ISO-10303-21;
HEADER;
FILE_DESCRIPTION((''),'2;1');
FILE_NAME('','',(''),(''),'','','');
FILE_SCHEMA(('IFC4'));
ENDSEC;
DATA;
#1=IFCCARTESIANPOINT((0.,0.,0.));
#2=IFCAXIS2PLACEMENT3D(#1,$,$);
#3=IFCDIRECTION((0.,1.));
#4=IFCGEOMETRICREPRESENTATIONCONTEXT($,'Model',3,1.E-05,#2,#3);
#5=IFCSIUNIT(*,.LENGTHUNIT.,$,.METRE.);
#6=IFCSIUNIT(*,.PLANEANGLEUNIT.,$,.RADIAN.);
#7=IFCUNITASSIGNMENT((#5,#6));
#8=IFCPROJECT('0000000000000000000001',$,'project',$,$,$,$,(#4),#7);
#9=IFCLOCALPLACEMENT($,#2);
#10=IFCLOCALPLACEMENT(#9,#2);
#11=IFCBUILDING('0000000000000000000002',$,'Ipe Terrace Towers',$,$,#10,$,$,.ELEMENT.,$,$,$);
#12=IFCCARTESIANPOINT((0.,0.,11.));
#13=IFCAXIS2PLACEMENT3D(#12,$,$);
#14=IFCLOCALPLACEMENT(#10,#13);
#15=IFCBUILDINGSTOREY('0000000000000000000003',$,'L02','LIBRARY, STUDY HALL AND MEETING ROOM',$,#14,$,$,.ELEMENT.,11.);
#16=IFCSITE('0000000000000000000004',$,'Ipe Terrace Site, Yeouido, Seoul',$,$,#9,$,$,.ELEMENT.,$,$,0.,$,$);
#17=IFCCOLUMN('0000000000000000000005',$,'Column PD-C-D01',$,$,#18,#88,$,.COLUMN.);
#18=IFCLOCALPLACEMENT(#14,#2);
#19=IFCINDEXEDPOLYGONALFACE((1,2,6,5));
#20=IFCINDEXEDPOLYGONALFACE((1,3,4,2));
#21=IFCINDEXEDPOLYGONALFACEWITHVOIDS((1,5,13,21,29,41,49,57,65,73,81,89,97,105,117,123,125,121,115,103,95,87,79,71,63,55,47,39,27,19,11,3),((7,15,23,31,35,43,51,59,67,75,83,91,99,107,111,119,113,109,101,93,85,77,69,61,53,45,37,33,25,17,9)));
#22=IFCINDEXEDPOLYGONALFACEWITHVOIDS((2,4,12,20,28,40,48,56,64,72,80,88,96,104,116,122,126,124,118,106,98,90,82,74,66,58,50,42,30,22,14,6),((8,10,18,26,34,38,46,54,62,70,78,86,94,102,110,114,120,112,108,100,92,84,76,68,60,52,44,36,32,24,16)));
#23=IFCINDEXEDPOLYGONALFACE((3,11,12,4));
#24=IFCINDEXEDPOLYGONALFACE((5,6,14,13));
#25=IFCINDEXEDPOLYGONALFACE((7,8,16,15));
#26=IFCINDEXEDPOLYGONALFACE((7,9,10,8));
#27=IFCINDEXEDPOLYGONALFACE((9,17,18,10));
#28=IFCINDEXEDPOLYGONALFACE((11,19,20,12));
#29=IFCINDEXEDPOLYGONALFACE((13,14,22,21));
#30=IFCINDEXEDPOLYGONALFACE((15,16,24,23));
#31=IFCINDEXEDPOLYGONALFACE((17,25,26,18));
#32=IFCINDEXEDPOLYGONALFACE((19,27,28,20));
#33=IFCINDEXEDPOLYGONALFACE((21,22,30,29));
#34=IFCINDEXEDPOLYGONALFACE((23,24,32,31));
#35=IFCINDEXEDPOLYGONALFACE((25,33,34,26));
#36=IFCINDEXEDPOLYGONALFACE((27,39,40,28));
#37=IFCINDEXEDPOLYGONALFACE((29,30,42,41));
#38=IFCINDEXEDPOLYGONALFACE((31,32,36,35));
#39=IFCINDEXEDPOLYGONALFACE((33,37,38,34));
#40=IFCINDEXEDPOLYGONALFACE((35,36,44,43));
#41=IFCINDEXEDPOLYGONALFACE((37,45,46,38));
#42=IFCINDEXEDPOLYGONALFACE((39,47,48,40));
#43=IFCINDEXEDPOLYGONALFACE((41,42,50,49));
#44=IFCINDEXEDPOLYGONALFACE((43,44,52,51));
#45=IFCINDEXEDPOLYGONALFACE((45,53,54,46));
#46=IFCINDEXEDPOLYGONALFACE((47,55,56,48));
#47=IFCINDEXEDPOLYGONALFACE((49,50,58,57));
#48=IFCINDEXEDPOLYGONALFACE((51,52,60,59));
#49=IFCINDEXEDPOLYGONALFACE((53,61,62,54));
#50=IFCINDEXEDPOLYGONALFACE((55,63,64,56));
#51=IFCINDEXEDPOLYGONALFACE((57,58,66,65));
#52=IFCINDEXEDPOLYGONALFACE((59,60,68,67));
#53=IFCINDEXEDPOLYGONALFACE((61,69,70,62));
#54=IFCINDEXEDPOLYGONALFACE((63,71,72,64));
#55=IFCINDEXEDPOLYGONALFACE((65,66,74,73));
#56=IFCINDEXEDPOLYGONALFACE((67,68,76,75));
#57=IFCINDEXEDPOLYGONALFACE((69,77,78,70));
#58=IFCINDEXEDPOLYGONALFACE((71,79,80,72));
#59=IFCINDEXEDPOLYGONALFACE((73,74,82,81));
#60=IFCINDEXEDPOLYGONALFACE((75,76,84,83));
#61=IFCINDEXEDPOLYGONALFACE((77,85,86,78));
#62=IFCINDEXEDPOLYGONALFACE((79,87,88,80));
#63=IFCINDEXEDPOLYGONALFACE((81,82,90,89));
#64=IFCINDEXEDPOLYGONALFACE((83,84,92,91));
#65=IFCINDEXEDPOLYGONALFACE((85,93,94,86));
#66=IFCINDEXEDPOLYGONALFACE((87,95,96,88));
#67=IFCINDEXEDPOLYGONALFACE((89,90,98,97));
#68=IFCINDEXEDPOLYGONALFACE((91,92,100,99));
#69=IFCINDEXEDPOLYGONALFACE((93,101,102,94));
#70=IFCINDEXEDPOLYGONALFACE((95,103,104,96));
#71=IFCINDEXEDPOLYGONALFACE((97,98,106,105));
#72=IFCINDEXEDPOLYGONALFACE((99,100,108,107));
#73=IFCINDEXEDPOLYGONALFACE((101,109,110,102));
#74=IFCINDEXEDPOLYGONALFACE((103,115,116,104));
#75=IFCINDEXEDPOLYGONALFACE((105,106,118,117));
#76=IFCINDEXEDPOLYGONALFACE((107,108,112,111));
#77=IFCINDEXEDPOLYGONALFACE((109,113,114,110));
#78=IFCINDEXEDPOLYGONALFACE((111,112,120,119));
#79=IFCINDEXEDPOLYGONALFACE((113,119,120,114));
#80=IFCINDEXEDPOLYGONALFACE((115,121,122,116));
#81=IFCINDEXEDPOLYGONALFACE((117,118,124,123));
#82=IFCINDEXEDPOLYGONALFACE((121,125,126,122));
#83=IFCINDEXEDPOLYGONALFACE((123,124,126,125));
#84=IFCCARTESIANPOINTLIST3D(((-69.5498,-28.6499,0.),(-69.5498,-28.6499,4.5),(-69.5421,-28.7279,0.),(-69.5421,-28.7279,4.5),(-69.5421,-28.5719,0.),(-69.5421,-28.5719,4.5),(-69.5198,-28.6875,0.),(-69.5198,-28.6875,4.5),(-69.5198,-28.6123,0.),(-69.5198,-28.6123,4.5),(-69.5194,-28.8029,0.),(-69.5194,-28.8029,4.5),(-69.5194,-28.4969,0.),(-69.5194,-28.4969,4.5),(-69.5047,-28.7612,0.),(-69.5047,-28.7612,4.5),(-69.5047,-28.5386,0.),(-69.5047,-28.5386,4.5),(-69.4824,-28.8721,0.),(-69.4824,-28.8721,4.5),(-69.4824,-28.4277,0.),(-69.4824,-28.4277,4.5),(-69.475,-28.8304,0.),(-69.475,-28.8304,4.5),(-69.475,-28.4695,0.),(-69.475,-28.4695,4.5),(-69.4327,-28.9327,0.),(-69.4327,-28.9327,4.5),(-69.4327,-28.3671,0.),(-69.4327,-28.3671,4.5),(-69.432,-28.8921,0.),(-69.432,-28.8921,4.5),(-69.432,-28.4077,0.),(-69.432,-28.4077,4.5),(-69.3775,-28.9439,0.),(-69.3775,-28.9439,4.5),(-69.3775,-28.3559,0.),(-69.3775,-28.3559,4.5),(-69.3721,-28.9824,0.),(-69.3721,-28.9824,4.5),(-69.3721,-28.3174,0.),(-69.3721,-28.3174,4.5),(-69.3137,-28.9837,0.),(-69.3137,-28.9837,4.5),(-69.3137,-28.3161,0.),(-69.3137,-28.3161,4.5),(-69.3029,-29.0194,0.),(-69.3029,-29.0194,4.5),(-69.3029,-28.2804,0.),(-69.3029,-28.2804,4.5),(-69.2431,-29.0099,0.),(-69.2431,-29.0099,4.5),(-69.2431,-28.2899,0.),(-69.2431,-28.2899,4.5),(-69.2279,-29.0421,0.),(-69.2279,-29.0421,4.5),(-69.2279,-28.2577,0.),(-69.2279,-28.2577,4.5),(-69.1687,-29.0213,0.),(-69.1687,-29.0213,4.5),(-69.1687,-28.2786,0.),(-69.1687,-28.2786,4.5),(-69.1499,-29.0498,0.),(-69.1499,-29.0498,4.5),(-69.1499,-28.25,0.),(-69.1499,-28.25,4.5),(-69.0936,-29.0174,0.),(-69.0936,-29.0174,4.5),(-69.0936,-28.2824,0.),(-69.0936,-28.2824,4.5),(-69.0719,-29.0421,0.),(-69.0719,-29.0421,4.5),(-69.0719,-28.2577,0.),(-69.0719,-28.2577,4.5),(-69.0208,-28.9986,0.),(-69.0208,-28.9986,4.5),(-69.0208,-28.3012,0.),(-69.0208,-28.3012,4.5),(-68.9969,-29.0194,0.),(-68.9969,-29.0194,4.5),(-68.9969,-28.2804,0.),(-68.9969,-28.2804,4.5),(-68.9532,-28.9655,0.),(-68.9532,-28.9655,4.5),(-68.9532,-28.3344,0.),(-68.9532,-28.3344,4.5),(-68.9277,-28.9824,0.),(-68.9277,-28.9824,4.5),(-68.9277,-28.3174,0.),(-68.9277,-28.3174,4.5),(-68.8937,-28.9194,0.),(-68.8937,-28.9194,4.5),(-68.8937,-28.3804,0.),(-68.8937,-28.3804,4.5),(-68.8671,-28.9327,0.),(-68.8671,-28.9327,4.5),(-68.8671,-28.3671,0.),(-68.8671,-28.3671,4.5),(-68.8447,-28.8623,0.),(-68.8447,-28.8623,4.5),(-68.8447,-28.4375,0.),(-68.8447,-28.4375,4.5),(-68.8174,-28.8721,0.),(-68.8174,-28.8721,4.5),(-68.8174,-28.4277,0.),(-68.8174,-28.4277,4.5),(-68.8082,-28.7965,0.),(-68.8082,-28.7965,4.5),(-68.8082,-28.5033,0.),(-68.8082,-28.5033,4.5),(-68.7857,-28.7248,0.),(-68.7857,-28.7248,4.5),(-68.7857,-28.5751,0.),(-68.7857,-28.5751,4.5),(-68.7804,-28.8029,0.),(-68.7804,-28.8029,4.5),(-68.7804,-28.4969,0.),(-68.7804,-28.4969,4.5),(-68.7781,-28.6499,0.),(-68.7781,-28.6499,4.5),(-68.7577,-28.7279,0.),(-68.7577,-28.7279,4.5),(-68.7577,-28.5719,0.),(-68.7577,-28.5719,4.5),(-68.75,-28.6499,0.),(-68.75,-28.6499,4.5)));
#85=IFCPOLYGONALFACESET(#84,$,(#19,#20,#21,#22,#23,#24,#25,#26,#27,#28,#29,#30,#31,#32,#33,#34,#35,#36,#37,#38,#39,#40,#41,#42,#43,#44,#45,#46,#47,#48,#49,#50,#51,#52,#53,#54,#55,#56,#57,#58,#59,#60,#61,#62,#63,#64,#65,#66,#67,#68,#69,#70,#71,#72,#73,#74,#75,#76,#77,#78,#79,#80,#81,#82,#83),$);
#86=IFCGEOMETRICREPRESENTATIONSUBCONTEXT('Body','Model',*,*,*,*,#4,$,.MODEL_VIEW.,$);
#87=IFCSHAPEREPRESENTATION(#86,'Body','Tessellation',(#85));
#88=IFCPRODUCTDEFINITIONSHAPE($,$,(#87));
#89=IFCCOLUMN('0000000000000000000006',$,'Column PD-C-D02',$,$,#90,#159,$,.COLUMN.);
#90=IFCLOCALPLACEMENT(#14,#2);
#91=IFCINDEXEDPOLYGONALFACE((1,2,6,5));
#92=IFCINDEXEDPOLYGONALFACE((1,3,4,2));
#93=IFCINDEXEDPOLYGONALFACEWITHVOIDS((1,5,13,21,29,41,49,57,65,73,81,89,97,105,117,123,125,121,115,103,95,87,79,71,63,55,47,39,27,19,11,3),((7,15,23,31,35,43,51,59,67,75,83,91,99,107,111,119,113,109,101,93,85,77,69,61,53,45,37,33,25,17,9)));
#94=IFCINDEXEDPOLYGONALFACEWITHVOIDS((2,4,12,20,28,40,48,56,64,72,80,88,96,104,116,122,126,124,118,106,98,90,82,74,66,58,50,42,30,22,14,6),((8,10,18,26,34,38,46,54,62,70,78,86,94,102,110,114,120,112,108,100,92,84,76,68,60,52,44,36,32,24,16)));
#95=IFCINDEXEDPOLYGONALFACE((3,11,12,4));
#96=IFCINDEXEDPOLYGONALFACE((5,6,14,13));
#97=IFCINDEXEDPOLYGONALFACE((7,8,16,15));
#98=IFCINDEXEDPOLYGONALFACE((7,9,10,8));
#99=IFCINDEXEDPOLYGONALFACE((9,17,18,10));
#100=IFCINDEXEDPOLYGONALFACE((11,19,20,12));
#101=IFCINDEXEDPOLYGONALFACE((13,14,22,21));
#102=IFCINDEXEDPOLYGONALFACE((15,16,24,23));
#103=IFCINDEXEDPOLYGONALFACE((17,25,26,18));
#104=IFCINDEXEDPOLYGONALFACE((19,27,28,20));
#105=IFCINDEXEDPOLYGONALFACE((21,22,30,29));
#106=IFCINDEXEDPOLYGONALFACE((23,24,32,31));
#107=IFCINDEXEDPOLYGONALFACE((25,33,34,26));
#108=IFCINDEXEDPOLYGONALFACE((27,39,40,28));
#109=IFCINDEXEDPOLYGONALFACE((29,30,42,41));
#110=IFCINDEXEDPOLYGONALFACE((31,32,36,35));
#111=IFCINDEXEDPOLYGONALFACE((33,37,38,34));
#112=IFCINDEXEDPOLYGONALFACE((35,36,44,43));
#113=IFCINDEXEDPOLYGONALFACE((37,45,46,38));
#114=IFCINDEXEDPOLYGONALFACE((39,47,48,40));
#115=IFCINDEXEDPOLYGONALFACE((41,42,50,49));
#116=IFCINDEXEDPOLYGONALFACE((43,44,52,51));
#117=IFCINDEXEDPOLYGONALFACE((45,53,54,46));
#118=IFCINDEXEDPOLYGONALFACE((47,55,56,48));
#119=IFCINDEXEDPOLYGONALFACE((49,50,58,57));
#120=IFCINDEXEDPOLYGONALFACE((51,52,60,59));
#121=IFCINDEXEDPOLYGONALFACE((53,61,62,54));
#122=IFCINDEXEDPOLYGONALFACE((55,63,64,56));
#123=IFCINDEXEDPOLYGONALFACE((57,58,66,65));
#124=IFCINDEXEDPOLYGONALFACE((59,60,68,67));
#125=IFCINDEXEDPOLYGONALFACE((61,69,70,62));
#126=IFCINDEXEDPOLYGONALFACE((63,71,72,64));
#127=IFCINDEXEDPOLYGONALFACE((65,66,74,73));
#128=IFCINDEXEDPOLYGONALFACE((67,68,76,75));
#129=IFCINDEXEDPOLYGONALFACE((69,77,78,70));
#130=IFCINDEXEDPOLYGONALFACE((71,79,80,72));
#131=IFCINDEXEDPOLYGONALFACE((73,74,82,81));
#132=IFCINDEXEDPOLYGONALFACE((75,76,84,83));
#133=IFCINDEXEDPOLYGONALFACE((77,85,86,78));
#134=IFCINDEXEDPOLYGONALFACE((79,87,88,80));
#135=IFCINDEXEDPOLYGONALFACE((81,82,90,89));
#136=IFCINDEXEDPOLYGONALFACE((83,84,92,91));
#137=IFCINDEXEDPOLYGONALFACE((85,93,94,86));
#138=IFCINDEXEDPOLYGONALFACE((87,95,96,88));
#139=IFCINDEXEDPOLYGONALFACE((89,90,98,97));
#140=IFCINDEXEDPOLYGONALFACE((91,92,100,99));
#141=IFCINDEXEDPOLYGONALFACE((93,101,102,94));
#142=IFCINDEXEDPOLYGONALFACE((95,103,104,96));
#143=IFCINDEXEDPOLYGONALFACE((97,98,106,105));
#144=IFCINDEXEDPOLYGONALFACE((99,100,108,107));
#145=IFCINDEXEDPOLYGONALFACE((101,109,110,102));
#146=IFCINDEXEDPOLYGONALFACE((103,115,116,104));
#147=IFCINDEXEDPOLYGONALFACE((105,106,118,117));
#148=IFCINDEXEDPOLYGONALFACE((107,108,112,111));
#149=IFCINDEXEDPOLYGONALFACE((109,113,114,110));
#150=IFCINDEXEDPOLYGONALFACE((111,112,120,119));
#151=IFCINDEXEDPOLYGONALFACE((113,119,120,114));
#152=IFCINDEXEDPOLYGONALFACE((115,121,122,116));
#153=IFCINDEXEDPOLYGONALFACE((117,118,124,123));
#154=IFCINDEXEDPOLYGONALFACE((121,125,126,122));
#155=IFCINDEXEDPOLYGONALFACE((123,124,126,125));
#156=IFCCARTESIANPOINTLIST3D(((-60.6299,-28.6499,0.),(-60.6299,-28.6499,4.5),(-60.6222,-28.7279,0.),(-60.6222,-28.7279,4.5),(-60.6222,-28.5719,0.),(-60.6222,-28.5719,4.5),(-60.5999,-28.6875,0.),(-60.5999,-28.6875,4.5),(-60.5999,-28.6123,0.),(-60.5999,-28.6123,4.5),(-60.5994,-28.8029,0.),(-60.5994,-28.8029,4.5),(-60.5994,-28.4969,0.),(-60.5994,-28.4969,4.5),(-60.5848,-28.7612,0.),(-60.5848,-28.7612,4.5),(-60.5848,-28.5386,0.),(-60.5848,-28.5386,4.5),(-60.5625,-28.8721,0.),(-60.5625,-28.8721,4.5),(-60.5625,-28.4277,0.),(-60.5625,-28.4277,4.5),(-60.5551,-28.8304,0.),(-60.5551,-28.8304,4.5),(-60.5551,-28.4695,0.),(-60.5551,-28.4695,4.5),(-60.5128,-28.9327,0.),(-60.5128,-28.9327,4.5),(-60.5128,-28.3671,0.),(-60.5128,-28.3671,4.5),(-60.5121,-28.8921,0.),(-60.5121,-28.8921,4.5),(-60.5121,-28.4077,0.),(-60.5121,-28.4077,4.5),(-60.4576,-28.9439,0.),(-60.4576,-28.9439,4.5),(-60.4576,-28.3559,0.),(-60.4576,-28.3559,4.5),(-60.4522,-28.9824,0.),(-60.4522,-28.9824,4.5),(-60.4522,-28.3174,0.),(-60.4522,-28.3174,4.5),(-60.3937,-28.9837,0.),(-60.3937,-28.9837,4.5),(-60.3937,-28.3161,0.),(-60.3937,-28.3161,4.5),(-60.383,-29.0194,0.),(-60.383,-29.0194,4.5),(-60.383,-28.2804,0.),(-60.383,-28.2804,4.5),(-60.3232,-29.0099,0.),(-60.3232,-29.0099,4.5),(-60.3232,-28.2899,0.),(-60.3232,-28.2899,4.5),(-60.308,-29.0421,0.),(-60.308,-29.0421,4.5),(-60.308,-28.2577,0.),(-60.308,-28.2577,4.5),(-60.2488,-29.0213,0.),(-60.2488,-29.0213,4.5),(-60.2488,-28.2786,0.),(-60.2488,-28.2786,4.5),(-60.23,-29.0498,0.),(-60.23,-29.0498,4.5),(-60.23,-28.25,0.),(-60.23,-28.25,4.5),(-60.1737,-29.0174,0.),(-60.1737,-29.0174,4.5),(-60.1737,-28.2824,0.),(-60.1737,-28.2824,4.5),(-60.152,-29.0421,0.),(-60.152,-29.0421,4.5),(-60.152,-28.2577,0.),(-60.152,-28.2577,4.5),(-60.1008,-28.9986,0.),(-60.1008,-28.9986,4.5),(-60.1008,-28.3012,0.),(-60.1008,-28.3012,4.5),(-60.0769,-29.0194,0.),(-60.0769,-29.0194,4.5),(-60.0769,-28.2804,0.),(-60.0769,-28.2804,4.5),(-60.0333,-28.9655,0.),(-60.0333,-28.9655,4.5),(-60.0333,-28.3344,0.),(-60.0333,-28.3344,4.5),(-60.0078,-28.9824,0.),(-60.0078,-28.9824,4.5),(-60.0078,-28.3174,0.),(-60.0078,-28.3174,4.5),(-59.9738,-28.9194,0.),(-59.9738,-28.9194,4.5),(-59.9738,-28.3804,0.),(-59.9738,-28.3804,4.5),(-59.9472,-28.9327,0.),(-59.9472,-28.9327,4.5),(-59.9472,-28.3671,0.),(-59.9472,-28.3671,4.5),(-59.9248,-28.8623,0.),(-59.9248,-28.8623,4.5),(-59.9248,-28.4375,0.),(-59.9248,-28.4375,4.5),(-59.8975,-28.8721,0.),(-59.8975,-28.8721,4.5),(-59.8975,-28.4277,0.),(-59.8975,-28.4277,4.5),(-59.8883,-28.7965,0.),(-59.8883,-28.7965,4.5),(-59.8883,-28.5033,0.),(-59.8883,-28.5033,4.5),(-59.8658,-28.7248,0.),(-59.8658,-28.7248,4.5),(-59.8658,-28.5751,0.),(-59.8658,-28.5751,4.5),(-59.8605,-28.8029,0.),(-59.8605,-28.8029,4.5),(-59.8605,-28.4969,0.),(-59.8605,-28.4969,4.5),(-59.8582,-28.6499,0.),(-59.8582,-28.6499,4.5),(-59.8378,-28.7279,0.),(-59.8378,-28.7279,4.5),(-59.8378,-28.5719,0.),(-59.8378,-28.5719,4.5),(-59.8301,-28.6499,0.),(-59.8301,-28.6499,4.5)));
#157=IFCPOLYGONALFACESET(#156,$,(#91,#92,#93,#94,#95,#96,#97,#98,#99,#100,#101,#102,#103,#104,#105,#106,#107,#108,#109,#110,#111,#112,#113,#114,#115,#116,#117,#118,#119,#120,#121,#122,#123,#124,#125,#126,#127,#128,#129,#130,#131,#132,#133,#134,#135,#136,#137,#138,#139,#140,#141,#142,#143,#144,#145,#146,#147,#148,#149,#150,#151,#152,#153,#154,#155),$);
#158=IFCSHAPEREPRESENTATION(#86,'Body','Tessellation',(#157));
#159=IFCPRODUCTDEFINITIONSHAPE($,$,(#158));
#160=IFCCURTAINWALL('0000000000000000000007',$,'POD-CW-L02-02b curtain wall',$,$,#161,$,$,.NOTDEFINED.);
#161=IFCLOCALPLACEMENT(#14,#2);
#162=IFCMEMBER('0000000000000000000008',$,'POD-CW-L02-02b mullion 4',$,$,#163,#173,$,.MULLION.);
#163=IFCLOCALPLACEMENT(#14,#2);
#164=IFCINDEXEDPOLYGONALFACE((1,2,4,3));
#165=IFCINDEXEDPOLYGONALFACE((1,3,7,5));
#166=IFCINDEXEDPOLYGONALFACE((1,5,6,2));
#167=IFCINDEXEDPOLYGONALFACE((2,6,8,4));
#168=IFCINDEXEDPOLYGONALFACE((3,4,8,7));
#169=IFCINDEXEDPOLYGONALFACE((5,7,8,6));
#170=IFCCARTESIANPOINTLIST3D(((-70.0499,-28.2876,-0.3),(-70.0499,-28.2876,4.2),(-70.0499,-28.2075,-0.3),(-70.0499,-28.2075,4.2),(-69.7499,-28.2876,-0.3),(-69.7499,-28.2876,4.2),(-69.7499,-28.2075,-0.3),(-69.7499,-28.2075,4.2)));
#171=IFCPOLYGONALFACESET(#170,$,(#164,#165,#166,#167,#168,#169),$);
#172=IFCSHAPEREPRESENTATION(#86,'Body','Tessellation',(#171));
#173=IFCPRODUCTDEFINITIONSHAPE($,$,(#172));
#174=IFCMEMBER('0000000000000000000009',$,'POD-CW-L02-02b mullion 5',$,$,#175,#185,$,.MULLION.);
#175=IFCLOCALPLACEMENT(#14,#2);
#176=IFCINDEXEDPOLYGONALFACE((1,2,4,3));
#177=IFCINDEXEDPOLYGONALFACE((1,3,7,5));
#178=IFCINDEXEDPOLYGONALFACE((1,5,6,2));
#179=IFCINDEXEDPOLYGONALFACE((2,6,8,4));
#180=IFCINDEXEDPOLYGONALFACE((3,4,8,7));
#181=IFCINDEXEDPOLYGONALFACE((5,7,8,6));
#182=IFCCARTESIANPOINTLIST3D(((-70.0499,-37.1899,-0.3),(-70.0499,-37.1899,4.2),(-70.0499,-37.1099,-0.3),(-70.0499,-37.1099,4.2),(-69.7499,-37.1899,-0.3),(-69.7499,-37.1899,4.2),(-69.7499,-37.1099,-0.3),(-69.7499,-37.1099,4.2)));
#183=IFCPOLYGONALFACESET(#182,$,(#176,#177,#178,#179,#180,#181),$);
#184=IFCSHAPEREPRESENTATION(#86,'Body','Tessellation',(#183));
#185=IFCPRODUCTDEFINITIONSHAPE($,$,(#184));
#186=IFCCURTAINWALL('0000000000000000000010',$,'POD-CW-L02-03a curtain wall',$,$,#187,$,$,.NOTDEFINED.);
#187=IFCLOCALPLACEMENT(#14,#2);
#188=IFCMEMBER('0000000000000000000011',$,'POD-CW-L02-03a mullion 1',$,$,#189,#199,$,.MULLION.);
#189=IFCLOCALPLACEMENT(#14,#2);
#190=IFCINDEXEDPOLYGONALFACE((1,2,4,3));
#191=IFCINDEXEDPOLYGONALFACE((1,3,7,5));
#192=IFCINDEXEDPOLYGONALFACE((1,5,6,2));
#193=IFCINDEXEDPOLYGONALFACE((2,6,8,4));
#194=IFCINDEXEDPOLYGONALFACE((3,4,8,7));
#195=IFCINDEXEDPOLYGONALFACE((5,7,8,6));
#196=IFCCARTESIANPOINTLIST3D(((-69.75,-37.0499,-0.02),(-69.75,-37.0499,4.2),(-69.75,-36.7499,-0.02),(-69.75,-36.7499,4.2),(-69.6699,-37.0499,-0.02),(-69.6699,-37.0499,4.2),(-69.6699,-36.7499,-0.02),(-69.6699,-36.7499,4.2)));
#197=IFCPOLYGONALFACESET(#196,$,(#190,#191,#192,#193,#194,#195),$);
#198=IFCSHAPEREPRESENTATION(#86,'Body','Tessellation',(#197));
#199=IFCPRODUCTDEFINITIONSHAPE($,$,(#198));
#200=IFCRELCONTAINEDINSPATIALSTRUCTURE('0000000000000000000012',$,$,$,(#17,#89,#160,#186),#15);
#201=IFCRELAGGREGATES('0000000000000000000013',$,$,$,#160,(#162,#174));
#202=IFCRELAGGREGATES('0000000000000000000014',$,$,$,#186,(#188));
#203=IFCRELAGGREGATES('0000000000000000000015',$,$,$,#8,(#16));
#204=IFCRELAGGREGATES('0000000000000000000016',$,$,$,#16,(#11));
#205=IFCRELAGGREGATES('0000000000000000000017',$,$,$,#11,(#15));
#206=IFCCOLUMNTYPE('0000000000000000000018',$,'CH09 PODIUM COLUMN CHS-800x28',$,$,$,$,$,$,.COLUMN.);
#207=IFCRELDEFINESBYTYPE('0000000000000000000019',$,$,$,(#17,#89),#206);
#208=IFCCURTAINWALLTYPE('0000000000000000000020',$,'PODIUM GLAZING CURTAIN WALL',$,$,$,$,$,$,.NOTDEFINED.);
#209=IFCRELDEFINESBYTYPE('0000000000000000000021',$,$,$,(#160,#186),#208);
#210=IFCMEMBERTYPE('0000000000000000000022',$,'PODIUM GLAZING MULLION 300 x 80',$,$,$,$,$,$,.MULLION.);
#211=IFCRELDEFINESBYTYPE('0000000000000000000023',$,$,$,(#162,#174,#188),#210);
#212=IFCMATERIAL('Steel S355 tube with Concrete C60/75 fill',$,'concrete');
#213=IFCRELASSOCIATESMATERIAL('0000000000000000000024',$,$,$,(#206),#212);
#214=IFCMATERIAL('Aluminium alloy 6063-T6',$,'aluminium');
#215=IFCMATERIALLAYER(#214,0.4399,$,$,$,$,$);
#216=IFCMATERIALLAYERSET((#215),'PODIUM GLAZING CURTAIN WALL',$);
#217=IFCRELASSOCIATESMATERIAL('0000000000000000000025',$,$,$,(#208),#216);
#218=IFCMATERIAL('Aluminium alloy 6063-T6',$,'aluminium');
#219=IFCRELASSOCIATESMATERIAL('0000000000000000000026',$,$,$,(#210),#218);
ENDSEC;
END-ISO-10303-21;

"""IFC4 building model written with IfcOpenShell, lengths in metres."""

from ifc_helpers import new_model, si_unit, direction, frame, origin, origin_2d, place, context, subcontext, project, spatial, rectangle, hollow_circle, extrude, material, layer, layer_set, material_profile, profile_set, type_object, element, aggregate, save


model = new_model("IFC4")

# Units and contexts
model_context = context("Model", 3, precision=1e-05, world=origin(), true_north=direction((0.0, 1.0)))
body_context = subcontext(model_context, "Body", "Model", "MODEL_VIEW")
ifc_project = project(units=[si_unit("LENGTHUNIT", "METRE"), si_unit("PLANEANGLEUNIT", "RADIAN")], contexts=[model_context])

# Site, building, storey
site_placement = place(None, origin())
site = spatial("IfcSite", under=ifc_project, at=site_placement, Name="Ipe Terrace Site, Yeouido, Seoul", CompositionType="ELEMENT", RefElevation=0.0)
building_placement = place(site_placement, origin())
building = spatial("IfcBuilding", under=site, at=building_placement, Name="Ipe Terrace Towers", CompositionType="ELEMENT")
storey_placement = place(building_placement, frame((0.0, 0.0, 11.0)))
storey = spatial("IfcBuildingStorey", under=building, at=storey_placement, Name="L02", Description="LIBRARY, STUDY HALL AND MEETING ROOM", CompositionType="ELEMENT", Elevation=11.0)

# Columns
ifc_material_1 = material(Name="Steel S355 tube with Concrete C60/75 fill", Category="concrete")
ifc_material_profile_1 = material_profile(ifc_material_1, hollow_circle(Radius=0.3999, WallThickness=0.0281, at=origin_2d()), Name="CHS-800x28")
ifc_profile_set_1 = profile_set([ifc_material_profile_1], Name="Steel S355 tube with Concrete C60/75 fill")
column_type = type_object("IfcColumnType", Name="CH09 PODIUM COLUMN CHS-800x28", PredefinedType="COLUMN", material=ifc_profile_set_1)
for number, where, z_axis, x_axis, name in (
    (1, (-69.1499, -28.6499, 0.0), (0.0, 0.0, 1.0), (1.0, 0.0, 0.0), "Column PD-C-D01"),
    (2, (-60.23, -28.6499, 0.0), (0.0, 0.0, 1.0), (1.0, 0.0, 0.0), "Column PD-C-D02"),
):
    element("IfcColumn", number, at=place(storey_placement, frame(where, z_axis=z_axis, x_axis=x_axis)), inside=storey, type_object=column_type, Name=name, PredefinedType="COLUMN", context=body_context, shape_type="SweptSolid", body=[
        extrude(hollow_circle(Radius=0.3999, WallThickness=0.0281, at=origin_2d()), origin(), (0.0, 0.0, 1.0), 4.5),
    ])

# Curtain walls, members
ifc_material_2 = material(Name="Aluminium alloy 6063-T6", Category="aluminium")
ifc_layer_1 = layer(ifc_material_2, 0.4399)
ifc_layer_set_1 = layer_set([ifc_layer_1], Name="PODIUM GLAZING CURTAIN WALL")
curtain_wall_type = type_object("IfcCurtainWallType", Name="PODIUM GLAZING CURTAIN WALL", PredefinedType="NOTDEFINED", material=ifc_layer_set_1)
curtain_wall_1_placement = place(storey_placement, origin())
curtain_wall_1 = element("IfcCurtainWall", 3, at=curtain_wall_1_placement, inside=storey, type_object=curtain_wall_type, Name="POD-CW-L02-02b curtain wall", PredefinedType="NOTDEFINED")
ifc_material_3 = material(Name="Aluminium alloy 6063-T6", Category="aluminium")
ifc_material_profile_2 = material_profile(ifc_material_3, rectangle(XDim=0.3, YDim=0.0801, at=origin_2d()), Name="PODIUM GLAZING MULLION 300 x 80")
ifc_profile_set_2 = profile_set([ifc_material_profile_2], Name="Aluminium alloy 6063-T6")
member_type_1 = type_object("IfcMemberType", Name="PODIUM GLAZING MULLION 300 x 80", PredefinedType="MULLION", material=ifc_profile_set_2)
member_1_placement = place(storey_placement, frame((-69.8999, -28.2476, -0.3), z_axis=(0.0, 0.0, 1.0), x_axis=(-1.0, 0.0, 0.0)))
member_1 = element("IfcMember", 4, at=member_1_placement, type_object=member_type_1, Name="POD-CW-L02-02b mullion 4", PredefinedType="MULLION", context=body_context, shape_type="SweptSolid", body=[
    extrude(rectangle(XDim=0.3, YDim=0.0801, at=origin_2d()), origin(), (0.0, 0.0, 1.0), 4.5),
])
member_2_placement = place(storey_placement, frame((-69.8999, -37.1499, -0.3), z_axis=(0.0, 0.0, 1.0), x_axis=(-1.0, 0.0, 0.0)))
member_2 = element("IfcMember", 5, at=member_2_placement, type_object=member_type_1, Name="POD-CW-L02-02b mullion 5", PredefinedType="MULLION", context=body_context, shape_type="SweptSolid", body=[
    extrude(rectangle(XDim=0.3, YDim=0.0801, at=origin_2d()), origin(), (0.0, 0.0, 1.0), 4.5),
])
curtain_wall_2_placement = place(storey_placement, origin())
curtain_wall_2 = element("IfcCurtainWall", 6, at=curtain_wall_2_placement, inside=storey, type_object=curtain_wall_type, Name="POD-CW-L02-03a curtain wall", PredefinedType="NOTDEFINED")
member_3_placement = place(storey_placement, frame((-69.71, -36.8999, -0.02), z_axis=(0.0, 0.0, 1.0), x_axis=(0.0, -1.0, 0.0)))
member_3 = element("IfcMember", 7, at=member_3_placement, type_object=member_type_1, Name="POD-CW-L02-03a mullion 1", PredefinedType="MULLION", context=body_context, shape_type="SweptSolid", body=[
    extrude(rectangle(XDim=0.3, YDim=0.0801, at=origin_2d()), origin(), (0.0, 0.0, 1.0), 4.22),
])

aggregate(curtain_wall_1, [member_1, member_2])
aggregate(curtain_wall_2, [member_3])

save(model, "model.ifc")
